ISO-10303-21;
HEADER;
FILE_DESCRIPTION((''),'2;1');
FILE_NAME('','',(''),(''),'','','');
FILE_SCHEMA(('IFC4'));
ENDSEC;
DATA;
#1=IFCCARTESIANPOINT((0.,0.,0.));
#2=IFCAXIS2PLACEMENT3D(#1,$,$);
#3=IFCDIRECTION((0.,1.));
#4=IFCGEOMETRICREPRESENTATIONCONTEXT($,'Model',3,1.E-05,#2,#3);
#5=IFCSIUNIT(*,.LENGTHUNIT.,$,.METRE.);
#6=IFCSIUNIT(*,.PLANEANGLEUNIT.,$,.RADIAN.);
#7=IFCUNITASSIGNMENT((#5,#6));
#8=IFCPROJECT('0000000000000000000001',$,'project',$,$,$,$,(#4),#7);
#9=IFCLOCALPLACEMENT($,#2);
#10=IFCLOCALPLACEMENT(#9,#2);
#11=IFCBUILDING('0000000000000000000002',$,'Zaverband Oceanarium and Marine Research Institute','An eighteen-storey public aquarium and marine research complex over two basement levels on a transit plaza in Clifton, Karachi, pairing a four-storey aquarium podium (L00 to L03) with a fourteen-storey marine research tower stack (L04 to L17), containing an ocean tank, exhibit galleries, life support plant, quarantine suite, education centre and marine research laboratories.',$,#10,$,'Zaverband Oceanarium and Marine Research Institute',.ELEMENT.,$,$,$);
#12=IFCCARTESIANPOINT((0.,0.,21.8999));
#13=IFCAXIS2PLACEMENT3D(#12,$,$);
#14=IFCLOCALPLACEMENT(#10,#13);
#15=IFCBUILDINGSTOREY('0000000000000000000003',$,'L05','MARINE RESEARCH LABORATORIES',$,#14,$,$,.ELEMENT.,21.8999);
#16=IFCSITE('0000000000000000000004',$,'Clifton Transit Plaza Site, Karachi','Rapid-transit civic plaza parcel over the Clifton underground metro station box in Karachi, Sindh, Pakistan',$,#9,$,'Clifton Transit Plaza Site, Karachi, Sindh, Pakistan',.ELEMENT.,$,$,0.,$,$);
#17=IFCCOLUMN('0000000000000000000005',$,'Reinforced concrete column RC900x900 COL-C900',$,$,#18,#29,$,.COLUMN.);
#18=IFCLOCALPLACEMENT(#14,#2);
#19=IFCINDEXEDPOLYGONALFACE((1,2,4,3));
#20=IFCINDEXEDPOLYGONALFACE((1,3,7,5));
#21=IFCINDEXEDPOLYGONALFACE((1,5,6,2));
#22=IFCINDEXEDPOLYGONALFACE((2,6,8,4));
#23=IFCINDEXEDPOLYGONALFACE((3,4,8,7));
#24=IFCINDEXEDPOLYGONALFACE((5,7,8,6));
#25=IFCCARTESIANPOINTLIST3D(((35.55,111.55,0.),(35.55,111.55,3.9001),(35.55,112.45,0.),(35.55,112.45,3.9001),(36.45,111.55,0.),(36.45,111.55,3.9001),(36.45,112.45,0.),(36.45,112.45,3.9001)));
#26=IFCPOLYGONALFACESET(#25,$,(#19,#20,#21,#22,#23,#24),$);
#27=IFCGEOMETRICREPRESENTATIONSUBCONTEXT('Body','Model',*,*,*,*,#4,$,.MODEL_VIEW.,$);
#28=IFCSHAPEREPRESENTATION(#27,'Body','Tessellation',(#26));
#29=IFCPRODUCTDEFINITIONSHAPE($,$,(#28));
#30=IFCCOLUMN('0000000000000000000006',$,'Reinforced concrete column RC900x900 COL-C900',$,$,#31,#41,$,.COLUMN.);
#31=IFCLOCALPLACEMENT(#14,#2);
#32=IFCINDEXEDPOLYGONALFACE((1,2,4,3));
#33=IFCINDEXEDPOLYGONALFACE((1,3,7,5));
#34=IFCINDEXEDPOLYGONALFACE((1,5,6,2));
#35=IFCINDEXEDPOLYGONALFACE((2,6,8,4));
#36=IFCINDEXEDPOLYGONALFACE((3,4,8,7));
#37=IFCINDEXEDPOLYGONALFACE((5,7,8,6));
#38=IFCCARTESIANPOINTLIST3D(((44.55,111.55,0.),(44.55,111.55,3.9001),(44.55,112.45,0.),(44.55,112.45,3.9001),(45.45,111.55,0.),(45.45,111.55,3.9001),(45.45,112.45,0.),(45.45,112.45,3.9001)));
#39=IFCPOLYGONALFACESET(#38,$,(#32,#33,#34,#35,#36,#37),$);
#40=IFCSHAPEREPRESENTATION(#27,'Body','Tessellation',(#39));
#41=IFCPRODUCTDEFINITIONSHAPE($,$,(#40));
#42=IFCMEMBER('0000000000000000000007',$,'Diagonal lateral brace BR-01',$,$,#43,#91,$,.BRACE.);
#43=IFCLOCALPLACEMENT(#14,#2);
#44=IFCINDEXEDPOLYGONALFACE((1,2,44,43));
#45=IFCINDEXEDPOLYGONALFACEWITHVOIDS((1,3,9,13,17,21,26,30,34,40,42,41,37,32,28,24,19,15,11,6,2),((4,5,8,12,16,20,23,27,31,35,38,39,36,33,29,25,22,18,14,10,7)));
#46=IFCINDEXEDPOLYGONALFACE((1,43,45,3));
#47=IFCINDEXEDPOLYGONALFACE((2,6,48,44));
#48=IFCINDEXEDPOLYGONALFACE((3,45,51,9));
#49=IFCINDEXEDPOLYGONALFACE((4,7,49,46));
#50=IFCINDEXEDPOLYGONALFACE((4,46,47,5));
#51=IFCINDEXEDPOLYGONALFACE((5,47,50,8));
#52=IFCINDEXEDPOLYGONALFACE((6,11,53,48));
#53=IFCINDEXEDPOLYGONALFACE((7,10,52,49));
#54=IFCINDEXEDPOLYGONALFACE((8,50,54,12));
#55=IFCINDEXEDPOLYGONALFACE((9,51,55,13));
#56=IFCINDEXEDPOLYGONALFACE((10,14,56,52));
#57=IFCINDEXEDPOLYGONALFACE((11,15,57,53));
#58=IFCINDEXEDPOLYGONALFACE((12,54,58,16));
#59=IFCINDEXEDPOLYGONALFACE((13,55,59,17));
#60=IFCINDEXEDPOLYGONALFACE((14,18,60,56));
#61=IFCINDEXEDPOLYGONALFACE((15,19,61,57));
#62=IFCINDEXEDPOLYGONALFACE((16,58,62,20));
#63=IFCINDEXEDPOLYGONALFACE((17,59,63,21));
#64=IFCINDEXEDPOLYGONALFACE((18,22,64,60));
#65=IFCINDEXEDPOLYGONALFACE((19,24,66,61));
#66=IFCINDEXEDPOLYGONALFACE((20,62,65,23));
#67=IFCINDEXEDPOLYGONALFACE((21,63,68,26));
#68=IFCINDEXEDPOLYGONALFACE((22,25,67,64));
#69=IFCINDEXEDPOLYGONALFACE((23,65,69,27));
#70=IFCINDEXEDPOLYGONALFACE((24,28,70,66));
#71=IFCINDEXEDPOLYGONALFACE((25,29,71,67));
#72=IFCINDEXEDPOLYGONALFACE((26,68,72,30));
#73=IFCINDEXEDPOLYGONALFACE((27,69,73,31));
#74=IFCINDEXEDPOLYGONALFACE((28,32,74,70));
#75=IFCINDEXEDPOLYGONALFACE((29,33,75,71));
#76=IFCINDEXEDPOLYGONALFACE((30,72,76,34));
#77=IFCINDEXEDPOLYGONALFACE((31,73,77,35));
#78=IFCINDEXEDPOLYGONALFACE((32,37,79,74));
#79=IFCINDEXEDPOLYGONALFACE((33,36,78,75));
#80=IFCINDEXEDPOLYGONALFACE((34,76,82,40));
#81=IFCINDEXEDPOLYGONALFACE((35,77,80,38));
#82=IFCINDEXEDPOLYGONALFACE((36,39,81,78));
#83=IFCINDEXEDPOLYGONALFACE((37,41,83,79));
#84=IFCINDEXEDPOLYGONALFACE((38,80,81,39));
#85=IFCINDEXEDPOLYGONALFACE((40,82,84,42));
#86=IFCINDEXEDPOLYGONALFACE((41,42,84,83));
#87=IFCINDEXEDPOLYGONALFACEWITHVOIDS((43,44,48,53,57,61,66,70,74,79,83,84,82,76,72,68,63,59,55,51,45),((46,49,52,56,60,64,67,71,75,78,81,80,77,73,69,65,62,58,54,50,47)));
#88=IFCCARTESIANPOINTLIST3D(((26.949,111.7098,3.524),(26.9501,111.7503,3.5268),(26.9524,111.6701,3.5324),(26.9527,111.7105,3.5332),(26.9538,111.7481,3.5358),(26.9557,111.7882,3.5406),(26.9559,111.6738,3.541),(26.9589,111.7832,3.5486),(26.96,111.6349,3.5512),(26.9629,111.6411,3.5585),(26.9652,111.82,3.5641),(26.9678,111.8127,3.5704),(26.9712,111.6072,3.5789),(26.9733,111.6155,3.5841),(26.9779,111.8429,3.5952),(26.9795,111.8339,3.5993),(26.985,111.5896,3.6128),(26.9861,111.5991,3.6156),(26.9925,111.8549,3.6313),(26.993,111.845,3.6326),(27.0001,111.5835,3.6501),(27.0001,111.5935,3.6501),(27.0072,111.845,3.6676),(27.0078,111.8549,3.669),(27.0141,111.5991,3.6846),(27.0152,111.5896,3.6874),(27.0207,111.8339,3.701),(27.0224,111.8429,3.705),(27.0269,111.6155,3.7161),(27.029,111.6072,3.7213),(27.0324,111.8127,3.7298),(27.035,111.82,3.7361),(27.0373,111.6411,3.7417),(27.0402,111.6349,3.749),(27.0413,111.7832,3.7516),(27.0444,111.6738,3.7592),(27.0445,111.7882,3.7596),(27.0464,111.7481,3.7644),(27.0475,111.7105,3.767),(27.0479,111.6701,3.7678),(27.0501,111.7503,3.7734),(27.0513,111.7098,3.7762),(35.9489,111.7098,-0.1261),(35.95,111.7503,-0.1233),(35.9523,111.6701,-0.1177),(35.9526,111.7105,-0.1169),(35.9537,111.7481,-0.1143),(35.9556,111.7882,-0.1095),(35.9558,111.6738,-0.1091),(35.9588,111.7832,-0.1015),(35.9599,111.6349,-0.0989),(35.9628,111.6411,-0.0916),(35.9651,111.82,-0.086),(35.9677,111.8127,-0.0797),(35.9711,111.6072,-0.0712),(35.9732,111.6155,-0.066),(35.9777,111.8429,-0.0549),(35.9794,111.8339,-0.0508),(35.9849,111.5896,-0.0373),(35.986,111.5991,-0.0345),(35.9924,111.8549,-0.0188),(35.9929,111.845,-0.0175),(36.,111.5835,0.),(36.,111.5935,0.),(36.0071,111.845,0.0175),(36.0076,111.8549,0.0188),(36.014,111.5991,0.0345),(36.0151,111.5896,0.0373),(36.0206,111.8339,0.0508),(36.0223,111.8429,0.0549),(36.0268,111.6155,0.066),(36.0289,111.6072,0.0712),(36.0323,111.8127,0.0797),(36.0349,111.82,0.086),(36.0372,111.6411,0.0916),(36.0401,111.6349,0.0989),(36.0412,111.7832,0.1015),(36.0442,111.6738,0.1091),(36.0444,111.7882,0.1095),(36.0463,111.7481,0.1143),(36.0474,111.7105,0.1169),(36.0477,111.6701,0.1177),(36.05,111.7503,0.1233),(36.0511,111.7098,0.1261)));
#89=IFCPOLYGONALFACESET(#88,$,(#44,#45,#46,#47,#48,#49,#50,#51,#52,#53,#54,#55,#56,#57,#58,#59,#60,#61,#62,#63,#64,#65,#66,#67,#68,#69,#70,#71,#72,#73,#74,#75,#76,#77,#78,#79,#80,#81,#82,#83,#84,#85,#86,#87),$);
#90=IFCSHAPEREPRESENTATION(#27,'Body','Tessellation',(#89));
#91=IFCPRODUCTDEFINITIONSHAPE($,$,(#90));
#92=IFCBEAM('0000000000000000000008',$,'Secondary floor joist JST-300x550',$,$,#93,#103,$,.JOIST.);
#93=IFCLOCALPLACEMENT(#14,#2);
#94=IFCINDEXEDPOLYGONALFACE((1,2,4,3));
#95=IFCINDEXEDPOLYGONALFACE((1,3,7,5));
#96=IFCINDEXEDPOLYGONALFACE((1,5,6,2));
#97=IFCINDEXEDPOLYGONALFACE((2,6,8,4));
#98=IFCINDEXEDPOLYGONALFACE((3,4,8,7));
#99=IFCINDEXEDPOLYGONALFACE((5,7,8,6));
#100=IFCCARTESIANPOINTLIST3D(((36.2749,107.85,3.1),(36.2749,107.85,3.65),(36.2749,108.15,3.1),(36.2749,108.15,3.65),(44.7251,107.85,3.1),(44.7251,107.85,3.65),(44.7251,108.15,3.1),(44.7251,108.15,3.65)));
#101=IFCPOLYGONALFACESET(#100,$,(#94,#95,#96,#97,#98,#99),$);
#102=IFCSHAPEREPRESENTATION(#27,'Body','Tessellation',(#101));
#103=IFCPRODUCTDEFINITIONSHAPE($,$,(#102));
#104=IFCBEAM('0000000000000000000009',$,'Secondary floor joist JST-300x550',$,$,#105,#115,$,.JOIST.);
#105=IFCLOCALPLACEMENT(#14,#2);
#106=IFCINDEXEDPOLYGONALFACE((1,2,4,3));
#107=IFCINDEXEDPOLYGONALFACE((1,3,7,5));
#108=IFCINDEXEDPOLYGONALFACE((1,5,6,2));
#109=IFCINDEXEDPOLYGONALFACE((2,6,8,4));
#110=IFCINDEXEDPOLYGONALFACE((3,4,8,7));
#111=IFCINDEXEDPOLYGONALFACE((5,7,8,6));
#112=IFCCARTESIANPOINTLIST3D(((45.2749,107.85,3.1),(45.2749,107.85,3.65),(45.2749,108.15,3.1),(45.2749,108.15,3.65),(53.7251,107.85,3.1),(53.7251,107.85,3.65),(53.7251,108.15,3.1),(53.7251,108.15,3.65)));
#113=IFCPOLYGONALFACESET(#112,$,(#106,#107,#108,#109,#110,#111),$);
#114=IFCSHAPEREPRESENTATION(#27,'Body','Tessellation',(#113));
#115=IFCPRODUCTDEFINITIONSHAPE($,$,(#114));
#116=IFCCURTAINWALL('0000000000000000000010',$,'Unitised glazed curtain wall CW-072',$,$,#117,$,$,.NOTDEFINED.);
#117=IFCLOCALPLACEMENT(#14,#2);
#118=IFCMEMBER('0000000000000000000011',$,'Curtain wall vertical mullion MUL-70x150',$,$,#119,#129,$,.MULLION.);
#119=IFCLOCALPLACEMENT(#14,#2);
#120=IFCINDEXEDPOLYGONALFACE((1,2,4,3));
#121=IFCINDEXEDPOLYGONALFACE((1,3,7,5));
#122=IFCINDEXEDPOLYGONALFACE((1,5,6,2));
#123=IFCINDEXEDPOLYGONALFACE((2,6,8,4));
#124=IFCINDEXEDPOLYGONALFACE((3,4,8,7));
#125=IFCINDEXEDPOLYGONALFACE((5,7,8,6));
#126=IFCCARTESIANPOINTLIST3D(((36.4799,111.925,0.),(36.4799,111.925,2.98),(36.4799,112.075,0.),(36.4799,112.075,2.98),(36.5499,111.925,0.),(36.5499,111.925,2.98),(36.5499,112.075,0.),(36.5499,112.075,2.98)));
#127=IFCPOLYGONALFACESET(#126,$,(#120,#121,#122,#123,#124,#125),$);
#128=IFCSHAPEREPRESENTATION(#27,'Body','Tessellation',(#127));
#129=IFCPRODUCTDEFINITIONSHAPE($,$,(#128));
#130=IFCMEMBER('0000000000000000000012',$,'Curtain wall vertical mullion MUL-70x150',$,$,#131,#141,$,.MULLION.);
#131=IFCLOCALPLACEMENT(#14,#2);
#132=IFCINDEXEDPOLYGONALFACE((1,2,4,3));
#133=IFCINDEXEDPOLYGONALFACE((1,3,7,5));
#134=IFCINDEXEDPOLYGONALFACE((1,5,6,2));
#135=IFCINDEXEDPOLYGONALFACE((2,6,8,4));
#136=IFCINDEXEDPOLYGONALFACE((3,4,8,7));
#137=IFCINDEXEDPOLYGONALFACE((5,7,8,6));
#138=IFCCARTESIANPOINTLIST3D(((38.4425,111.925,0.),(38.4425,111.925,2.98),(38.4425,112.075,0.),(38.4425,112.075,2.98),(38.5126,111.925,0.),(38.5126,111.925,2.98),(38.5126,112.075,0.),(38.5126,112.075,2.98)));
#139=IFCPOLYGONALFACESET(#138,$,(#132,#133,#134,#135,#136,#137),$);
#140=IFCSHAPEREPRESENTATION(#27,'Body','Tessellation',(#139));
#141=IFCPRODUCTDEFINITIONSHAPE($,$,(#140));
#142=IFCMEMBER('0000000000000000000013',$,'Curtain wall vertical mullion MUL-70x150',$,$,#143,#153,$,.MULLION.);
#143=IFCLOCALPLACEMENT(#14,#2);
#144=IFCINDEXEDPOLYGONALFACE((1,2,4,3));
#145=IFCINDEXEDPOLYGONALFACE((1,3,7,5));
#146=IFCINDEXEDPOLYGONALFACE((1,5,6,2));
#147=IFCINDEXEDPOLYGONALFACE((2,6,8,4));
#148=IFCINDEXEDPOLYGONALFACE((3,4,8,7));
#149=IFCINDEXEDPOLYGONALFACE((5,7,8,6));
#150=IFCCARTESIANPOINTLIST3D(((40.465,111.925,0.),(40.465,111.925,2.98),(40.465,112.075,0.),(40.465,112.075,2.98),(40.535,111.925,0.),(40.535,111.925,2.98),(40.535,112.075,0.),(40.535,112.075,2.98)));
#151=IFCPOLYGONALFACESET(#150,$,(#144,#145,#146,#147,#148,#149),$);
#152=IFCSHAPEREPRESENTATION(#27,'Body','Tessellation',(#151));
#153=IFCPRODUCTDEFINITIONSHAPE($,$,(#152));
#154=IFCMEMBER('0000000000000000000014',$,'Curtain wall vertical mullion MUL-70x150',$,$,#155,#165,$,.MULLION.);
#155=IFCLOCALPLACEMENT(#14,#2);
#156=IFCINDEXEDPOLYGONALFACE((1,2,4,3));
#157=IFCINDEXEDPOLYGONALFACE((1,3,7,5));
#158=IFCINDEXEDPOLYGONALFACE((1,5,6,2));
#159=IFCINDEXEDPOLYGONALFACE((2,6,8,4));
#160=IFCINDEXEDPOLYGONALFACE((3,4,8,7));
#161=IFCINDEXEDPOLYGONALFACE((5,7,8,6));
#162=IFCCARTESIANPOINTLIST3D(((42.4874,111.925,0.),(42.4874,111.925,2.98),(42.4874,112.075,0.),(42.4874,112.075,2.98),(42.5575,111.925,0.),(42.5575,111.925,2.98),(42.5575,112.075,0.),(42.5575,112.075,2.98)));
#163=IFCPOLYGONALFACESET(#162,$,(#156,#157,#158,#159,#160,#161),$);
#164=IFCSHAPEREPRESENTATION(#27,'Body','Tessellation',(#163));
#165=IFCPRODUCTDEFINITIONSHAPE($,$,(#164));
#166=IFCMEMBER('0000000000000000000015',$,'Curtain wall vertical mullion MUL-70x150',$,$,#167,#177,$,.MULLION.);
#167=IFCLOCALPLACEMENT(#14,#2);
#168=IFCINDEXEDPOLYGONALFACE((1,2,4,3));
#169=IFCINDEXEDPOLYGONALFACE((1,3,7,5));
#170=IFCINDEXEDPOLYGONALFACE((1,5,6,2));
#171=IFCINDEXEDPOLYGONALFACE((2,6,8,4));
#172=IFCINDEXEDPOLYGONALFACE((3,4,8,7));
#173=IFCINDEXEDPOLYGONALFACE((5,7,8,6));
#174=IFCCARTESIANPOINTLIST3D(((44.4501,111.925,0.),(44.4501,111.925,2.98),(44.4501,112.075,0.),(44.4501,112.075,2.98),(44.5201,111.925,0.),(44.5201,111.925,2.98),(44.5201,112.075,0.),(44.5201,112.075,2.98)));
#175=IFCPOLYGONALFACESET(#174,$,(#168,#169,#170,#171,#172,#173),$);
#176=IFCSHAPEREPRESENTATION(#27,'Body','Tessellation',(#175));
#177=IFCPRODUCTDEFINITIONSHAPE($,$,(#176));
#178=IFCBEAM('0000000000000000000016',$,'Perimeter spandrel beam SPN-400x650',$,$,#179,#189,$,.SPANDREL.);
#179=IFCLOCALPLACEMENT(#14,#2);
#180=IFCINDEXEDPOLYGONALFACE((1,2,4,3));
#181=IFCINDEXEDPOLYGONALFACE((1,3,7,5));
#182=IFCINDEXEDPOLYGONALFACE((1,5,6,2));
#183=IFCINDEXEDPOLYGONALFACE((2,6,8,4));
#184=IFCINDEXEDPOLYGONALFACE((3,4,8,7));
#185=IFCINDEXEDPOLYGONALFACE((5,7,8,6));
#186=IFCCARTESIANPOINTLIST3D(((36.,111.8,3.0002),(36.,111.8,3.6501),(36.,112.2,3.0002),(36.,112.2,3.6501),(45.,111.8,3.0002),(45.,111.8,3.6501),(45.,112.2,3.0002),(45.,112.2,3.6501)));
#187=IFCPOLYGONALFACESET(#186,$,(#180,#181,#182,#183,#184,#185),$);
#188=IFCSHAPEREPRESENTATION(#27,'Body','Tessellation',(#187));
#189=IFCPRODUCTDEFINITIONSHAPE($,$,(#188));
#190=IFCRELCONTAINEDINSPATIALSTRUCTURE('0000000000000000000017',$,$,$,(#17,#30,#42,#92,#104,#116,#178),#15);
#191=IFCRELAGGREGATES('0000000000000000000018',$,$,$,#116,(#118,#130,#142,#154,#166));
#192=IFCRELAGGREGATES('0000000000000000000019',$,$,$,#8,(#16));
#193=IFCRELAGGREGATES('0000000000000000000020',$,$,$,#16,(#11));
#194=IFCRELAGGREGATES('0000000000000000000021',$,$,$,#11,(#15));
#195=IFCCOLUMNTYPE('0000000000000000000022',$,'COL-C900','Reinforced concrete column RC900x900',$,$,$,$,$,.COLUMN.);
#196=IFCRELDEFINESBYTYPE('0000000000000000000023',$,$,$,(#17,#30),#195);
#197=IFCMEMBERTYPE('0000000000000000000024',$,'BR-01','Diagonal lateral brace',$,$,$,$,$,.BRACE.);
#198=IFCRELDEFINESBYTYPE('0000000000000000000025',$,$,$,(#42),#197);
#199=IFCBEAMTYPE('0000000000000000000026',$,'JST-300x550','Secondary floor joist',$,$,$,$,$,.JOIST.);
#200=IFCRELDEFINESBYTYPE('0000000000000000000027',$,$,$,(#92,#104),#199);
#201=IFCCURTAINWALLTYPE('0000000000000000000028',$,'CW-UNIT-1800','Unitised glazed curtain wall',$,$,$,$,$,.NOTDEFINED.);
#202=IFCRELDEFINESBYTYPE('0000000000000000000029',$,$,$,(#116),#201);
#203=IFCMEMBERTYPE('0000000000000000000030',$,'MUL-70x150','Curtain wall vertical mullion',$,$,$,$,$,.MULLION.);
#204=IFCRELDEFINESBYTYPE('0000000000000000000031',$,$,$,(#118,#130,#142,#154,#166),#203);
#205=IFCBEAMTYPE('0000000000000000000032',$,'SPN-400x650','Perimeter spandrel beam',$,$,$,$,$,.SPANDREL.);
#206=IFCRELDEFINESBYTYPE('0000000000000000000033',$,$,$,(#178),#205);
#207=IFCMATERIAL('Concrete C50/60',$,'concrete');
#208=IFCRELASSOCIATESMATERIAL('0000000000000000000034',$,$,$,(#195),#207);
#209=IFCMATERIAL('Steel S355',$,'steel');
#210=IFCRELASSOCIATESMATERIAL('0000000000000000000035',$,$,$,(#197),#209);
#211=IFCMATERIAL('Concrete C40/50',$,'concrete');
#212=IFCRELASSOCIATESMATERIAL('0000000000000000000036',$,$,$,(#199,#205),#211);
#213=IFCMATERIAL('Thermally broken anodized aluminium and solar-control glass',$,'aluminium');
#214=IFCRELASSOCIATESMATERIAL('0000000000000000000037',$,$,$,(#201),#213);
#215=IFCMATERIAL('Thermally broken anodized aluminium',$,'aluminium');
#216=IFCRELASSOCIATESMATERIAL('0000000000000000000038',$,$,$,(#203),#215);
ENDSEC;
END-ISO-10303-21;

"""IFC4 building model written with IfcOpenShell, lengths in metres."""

from ifc_helpers import new_model, si_unit, direction, frame, origin, origin_2d, place, context, subcontext, project, spatial, rectangle, hollow_circle, extrude, material, material_profile, profile_set, type_object, element, aggregate, save


model = new_model("IFC4")

# Units and contexts
model_context = context("Model", 3, precision=1e-05, world=origin(), true_north=direction((0.0, 1.0)))
body_context = subcontext(model_context, "Body", "Model", "MODEL_VIEW")
ifc_project = project(units=[si_unit("LENGTHUNIT", "METRE"), si_unit("PLANEANGLEUNIT", "RADIAN")], contexts=[model_context])

# Site, building, storey
site_placement = place(None, origin())
site = spatial("IfcSite", under=ifc_project, at=site_placement, Name="Clifton Transit Plaza Site, Karachi", Description="Rapid-transit civic plaza parcel over the Clifton underground metro station box in Karachi, Sindh, Pakistan", LongName="Clifton Transit Plaza Site, Karachi, Sindh, Pakistan", CompositionType="ELEMENT", RefElevation=0.0)
building_placement = place(site_placement, origin())
building = spatial("IfcBuilding", under=site, at=building_placement, Name="Zaverband Oceanarium and Marine Research Institute", Description="An eighteen-storey public aquarium and marine research complex over two basement levels on a transit plaza in Clifton, Karachi, pairing a four-storey aquarium podium (L00 to L03) with a fourteen-storey marine research tower stack (L04 to L17), containing an ocean tank, exhibit galleries, life support plant, quarantine suite, education centre and marine research laboratories.", LongName="Zaverband Oceanarium and Marine Research Institute", CompositionType="ELEMENT")
storey_placement = place(building_placement, frame((0.0, 0.0, 21.8999)))
storey = spatial("IfcBuildingStorey", under=building, at=storey_placement, Name="L05", Description="MARINE RESEARCH LABORATORIES", CompositionType="ELEMENT", Elevation=21.8999)

# Columns
ifc_material_1 = material(Name="Concrete C50/60", Category="concrete")
ifc_material_profile_1 = material_profile(ifc_material_1, rectangle(XDim=0.8999, YDim=0.8999, at=origin_2d()), Name="RC900x900")
ifc_profile_set_1 = profile_set([ifc_material_profile_1], Name="Concrete C50/60")
column_type = type_object("IfcColumnType", Name="COL-C900", Description="Reinforced concrete column RC900x900", PredefinedType="COLUMN", material=ifc_profile_set_1)
for number, where, z_axis, x_axis, name in (
    (1, (36.0, 112.0, 0.0), (0.0, 0.0, 1.0), (1.0, 0.0, 0.0), "Reinforced concrete column RC900x900 COL-C900"),
    (2, (45.0, 112.0, 0.0), (0.0, 0.0, 1.0), (1.0, 0.0, 0.0), "Reinforced concrete column RC900x900 COL-C900"),
):
    element("IfcColumn", number, at=place(storey_placement, frame(where, z_axis=z_axis, x_axis=x_axis)), inside=storey, type_object=column_type, Name=name, PredefinedType="COLUMN", context=body_context, shape_type="SweptSolid", body=[
        extrude(rectangle(XDim=0.8999, YDim=0.8999, at=origin_2d()), origin(), (0.0, 0.0, 1.0), 3.9001),
    ])

# Member
ifc_material_2 = material(Name="Steel S355", Category="steel")
ifc_material_profile_2 = material_profile(ifc_material_2, hollow_circle(Radius=0.1365, WallThickness=0.01, at=origin_2d()), Name="CHS273x10")
ifc_profile_set_2 = profile_set([ifc_material_profile_2], Name="Steel S355")
member_type_1 = type_object("IfcMemberType", Name="BR-01", Description="Diagonal lateral brace", PredefinedType="BRACE", material=ifc_profile_set_2)
member_1_placement = place(storey_placement, frame((36.0, 111.72, 0.0), z_axis=(-0.926686, 0.0, 0.375838), x_axis=(0.0, -1.0, 0.0)))
element("IfcMember", 3, at=member_1_placement, inside=storey, type_object=member_type_1, Name="Diagonal lateral brace BR-01", PredefinedType="BRACE", context=body_context, shape_type="SweptSolid", body=[
    extrude(hollow_circle(Radius=0.1365, WallThickness=0.01, at=origin_2d()), origin(), (0.0, 0.0, 1.0), 9.7119),
])

# Beams
ifc_material_3 = material(Name="Concrete C40/50", Category="concrete")
ifc_material_profile_3 = material_profile(ifc_material_3, rectangle(XDim=0.3, YDim=0.55, at=origin_2d()), Name="RC300x550")
ifc_profile_set_3 = profile_set([ifc_material_profile_3], Name="Concrete C40/50")
beam_type_1 = type_object("IfcBeamType", Name="JST-300x550", Description="Secondary floor joist", PredefinedType="JOIST", material=ifc_profile_set_3)
for number, where, z_axis, x_axis, name in (
    (4, (36.2749, 108.0, 3.375), (1.0, 0.0, 0.0), (0.0, 1.0, 0.0), "Secondary floor joist JST-300x550"),
    (5, (45.2749, 108.0, 3.375), (1.0, 0.0, 0.0), (0.0, 1.0, 0.0), "Secondary floor joist JST-300x550"),
):
    element("IfcBeam", number, at=place(storey_placement, frame(where, z_axis=z_axis, x_axis=x_axis)), inside=storey, type_object=beam_type_1, Name=name, PredefinedType="JOIST", context=body_context, shape_type="SweptSolid", body=[
        extrude(rectangle(XDim=0.3, YDim=0.55, at=origin_2d()), origin(), (0.0, 0.0, 1.0), 8.4502),
    ])

# Curtain wall, members
ifc_material_4 = material(Name="Thermally broken anodized aluminium and solar-control glass", Category="aluminium")
curtain_wall_type = type_object("IfcCurtainWallType", Name="CW-UNIT-1800", Description="Unitised glazed curtain wall", PredefinedType="NOTDEFINED", material=ifc_material_4)
curtain_wall_placement = place(storey_placement, origin())
curtain_wall = element("IfcCurtainWall", 6, at=curtain_wall_placement, inside=storey, type_object=curtain_wall_type, Name="Unitised glazed curtain wall CW-072", PredefinedType="NOTDEFINED")
ifc_material_5 = material(Name="Thermally broken anodized aluminium", Category="aluminium")
ifc_material_profile_4 = material_profile(ifc_material_5, rectangle(XDim=0.0701, YDim=0.1499, at=origin_2d()), Name="AL-MUL-70x150")
ifc_profile_set_4 = profile_set([ifc_material_profile_4], Name="Thermally broken anodized aluminium")
member_type_2 = type_object("IfcMemberType", Name="MUL-70x150", Description="Curtain wall vertical mullion", PredefinedType="MULLION", material=ifc_profile_set_4)
member_2_placement = place(storey_placement, frame((36.5149, 112.0, 0.0), z_axis=(0.0, 0.0, 1.0), x_axis=(1.0, 0.0, 0.0)))
member_2 = element("IfcMember", 7, at=member_2_placement, type_object=member_type_2, Name="Curtain wall vertical mullion MUL-70x150", PredefinedType="MULLION", context=body_context, shape_type="SweptSolid", body=[
    extrude(rectangle(XDim=0.0701, YDim=0.1499, at=origin_2d()), origin(), (0.0, 0.0, 1.0), 2.98),
])
member_3_placement = place(storey_placement, frame((38.4775, 112.0, 0.0), z_axis=(0.0, 0.0, 1.0), x_axis=(1.0, 0.0, 0.0)))
member_3 = element("IfcMember", 8, at=member_3_placement, type_object=member_type_2, Name="Curtain wall vertical mullion MUL-70x150", PredefinedType="MULLION", context=body_context, shape_type="SweptSolid", body=[
    extrude(rectangle(XDim=0.0701, YDim=0.1499, at=origin_2d()), origin(), (0.0, 0.0, 1.0), 2.98),
])
member_4_placement = place(storey_placement, frame((40.5, 112.0, 0.0), z_axis=(0.0, 0.0, 1.0), x_axis=(1.0, 0.0, 0.0)))
member_4 = element("IfcMember", 9, at=member_4_placement, type_object=member_type_2, Name="Curtain wall vertical mullion MUL-70x150", PredefinedType="MULLION", context=body_context, shape_type="SweptSolid", body=[
    extrude(rectangle(XDim=0.0701, YDim=0.1499, at=origin_2d()), origin(), (0.0, 0.0, 1.0), 2.98),
])
member_5_placement = place(storey_placement, frame((42.5225, 112.0, 0.0), z_axis=(0.0, 0.0, 1.0), x_axis=(1.0, 0.0, 0.0)))
member_5 = element("IfcMember", 10, at=member_5_placement, type_object=member_type_2, Name="Curtain wall vertical mullion MUL-70x150", PredefinedType="MULLION", context=body_context, shape_type="SweptSolid", body=[
    extrude(rectangle(XDim=0.0701, YDim=0.1499, at=origin_2d()), origin(), (0.0, 0.0, 1.0), 2.98),
])
member_6_placement = place(storey_placement, frame((44.4851, 112.0, 0.0), z_axis=(0.0, 0.0, 1.0), x_axis=(1.0, 0.0, 0.0)))
member_6 = element("IfcMember", 11, at=member_6_placement, type_object=member_type_2, Name="Curtain wall vertical mullion MUL-70x150", PredefinedType="MULLION", context=body_context, shape_type="SweptSolid", body=[
    extrude(rectangle(XDim=0.0701, YDim=0.1499, at=origin_2d()), origin(), (0.0, 0.0, 1.0), 2.98),
])

# Beam
ifc_material_profile_5 = material_profile(ifc_material_3, rectangle(XDim=0.3999, YDim=0.6499, at=origin_2d()), Name="RC400x650")
ifc_profile_set_5 = profile_set([ifc_material_profile_5], Name="Concrete C40/50")
beam_type_2 = type_object("IfcBeamType", Name="SPN-400x650", Description="Perimeter spandrel beam", PredefinedType="SPANDREL", material=ifc_profile_set_5)
for number, where, z_axis, x_axis, name in (
    (12, (36.0, 112.0, 3.3252), (1.0, 0.0, 0.0), (0.0, 1.0, 0.0), "Perimeter spandrel beam SPN-400x650"),
):
    element("IfcBeam", number, at=place(storey_placement, frame(where, z_axis=z_axis, x_axis=x_axis)), inside=storey, type_object=beam_type_2, Name=name, PredefinedType="SPANDREL", context=body_context, shape_type="SweptSolid", body=[
        extrude(rectangle(XDim=0.3999, YDim=0.6499, at=origin_2d()), origin(), (0.0, 0.0, 1.0), 9.0),
    ])

aggregate(curtain_wall, [member_2, member_3, member_4, member_5, member_6])

save(model, "model.ifc")
